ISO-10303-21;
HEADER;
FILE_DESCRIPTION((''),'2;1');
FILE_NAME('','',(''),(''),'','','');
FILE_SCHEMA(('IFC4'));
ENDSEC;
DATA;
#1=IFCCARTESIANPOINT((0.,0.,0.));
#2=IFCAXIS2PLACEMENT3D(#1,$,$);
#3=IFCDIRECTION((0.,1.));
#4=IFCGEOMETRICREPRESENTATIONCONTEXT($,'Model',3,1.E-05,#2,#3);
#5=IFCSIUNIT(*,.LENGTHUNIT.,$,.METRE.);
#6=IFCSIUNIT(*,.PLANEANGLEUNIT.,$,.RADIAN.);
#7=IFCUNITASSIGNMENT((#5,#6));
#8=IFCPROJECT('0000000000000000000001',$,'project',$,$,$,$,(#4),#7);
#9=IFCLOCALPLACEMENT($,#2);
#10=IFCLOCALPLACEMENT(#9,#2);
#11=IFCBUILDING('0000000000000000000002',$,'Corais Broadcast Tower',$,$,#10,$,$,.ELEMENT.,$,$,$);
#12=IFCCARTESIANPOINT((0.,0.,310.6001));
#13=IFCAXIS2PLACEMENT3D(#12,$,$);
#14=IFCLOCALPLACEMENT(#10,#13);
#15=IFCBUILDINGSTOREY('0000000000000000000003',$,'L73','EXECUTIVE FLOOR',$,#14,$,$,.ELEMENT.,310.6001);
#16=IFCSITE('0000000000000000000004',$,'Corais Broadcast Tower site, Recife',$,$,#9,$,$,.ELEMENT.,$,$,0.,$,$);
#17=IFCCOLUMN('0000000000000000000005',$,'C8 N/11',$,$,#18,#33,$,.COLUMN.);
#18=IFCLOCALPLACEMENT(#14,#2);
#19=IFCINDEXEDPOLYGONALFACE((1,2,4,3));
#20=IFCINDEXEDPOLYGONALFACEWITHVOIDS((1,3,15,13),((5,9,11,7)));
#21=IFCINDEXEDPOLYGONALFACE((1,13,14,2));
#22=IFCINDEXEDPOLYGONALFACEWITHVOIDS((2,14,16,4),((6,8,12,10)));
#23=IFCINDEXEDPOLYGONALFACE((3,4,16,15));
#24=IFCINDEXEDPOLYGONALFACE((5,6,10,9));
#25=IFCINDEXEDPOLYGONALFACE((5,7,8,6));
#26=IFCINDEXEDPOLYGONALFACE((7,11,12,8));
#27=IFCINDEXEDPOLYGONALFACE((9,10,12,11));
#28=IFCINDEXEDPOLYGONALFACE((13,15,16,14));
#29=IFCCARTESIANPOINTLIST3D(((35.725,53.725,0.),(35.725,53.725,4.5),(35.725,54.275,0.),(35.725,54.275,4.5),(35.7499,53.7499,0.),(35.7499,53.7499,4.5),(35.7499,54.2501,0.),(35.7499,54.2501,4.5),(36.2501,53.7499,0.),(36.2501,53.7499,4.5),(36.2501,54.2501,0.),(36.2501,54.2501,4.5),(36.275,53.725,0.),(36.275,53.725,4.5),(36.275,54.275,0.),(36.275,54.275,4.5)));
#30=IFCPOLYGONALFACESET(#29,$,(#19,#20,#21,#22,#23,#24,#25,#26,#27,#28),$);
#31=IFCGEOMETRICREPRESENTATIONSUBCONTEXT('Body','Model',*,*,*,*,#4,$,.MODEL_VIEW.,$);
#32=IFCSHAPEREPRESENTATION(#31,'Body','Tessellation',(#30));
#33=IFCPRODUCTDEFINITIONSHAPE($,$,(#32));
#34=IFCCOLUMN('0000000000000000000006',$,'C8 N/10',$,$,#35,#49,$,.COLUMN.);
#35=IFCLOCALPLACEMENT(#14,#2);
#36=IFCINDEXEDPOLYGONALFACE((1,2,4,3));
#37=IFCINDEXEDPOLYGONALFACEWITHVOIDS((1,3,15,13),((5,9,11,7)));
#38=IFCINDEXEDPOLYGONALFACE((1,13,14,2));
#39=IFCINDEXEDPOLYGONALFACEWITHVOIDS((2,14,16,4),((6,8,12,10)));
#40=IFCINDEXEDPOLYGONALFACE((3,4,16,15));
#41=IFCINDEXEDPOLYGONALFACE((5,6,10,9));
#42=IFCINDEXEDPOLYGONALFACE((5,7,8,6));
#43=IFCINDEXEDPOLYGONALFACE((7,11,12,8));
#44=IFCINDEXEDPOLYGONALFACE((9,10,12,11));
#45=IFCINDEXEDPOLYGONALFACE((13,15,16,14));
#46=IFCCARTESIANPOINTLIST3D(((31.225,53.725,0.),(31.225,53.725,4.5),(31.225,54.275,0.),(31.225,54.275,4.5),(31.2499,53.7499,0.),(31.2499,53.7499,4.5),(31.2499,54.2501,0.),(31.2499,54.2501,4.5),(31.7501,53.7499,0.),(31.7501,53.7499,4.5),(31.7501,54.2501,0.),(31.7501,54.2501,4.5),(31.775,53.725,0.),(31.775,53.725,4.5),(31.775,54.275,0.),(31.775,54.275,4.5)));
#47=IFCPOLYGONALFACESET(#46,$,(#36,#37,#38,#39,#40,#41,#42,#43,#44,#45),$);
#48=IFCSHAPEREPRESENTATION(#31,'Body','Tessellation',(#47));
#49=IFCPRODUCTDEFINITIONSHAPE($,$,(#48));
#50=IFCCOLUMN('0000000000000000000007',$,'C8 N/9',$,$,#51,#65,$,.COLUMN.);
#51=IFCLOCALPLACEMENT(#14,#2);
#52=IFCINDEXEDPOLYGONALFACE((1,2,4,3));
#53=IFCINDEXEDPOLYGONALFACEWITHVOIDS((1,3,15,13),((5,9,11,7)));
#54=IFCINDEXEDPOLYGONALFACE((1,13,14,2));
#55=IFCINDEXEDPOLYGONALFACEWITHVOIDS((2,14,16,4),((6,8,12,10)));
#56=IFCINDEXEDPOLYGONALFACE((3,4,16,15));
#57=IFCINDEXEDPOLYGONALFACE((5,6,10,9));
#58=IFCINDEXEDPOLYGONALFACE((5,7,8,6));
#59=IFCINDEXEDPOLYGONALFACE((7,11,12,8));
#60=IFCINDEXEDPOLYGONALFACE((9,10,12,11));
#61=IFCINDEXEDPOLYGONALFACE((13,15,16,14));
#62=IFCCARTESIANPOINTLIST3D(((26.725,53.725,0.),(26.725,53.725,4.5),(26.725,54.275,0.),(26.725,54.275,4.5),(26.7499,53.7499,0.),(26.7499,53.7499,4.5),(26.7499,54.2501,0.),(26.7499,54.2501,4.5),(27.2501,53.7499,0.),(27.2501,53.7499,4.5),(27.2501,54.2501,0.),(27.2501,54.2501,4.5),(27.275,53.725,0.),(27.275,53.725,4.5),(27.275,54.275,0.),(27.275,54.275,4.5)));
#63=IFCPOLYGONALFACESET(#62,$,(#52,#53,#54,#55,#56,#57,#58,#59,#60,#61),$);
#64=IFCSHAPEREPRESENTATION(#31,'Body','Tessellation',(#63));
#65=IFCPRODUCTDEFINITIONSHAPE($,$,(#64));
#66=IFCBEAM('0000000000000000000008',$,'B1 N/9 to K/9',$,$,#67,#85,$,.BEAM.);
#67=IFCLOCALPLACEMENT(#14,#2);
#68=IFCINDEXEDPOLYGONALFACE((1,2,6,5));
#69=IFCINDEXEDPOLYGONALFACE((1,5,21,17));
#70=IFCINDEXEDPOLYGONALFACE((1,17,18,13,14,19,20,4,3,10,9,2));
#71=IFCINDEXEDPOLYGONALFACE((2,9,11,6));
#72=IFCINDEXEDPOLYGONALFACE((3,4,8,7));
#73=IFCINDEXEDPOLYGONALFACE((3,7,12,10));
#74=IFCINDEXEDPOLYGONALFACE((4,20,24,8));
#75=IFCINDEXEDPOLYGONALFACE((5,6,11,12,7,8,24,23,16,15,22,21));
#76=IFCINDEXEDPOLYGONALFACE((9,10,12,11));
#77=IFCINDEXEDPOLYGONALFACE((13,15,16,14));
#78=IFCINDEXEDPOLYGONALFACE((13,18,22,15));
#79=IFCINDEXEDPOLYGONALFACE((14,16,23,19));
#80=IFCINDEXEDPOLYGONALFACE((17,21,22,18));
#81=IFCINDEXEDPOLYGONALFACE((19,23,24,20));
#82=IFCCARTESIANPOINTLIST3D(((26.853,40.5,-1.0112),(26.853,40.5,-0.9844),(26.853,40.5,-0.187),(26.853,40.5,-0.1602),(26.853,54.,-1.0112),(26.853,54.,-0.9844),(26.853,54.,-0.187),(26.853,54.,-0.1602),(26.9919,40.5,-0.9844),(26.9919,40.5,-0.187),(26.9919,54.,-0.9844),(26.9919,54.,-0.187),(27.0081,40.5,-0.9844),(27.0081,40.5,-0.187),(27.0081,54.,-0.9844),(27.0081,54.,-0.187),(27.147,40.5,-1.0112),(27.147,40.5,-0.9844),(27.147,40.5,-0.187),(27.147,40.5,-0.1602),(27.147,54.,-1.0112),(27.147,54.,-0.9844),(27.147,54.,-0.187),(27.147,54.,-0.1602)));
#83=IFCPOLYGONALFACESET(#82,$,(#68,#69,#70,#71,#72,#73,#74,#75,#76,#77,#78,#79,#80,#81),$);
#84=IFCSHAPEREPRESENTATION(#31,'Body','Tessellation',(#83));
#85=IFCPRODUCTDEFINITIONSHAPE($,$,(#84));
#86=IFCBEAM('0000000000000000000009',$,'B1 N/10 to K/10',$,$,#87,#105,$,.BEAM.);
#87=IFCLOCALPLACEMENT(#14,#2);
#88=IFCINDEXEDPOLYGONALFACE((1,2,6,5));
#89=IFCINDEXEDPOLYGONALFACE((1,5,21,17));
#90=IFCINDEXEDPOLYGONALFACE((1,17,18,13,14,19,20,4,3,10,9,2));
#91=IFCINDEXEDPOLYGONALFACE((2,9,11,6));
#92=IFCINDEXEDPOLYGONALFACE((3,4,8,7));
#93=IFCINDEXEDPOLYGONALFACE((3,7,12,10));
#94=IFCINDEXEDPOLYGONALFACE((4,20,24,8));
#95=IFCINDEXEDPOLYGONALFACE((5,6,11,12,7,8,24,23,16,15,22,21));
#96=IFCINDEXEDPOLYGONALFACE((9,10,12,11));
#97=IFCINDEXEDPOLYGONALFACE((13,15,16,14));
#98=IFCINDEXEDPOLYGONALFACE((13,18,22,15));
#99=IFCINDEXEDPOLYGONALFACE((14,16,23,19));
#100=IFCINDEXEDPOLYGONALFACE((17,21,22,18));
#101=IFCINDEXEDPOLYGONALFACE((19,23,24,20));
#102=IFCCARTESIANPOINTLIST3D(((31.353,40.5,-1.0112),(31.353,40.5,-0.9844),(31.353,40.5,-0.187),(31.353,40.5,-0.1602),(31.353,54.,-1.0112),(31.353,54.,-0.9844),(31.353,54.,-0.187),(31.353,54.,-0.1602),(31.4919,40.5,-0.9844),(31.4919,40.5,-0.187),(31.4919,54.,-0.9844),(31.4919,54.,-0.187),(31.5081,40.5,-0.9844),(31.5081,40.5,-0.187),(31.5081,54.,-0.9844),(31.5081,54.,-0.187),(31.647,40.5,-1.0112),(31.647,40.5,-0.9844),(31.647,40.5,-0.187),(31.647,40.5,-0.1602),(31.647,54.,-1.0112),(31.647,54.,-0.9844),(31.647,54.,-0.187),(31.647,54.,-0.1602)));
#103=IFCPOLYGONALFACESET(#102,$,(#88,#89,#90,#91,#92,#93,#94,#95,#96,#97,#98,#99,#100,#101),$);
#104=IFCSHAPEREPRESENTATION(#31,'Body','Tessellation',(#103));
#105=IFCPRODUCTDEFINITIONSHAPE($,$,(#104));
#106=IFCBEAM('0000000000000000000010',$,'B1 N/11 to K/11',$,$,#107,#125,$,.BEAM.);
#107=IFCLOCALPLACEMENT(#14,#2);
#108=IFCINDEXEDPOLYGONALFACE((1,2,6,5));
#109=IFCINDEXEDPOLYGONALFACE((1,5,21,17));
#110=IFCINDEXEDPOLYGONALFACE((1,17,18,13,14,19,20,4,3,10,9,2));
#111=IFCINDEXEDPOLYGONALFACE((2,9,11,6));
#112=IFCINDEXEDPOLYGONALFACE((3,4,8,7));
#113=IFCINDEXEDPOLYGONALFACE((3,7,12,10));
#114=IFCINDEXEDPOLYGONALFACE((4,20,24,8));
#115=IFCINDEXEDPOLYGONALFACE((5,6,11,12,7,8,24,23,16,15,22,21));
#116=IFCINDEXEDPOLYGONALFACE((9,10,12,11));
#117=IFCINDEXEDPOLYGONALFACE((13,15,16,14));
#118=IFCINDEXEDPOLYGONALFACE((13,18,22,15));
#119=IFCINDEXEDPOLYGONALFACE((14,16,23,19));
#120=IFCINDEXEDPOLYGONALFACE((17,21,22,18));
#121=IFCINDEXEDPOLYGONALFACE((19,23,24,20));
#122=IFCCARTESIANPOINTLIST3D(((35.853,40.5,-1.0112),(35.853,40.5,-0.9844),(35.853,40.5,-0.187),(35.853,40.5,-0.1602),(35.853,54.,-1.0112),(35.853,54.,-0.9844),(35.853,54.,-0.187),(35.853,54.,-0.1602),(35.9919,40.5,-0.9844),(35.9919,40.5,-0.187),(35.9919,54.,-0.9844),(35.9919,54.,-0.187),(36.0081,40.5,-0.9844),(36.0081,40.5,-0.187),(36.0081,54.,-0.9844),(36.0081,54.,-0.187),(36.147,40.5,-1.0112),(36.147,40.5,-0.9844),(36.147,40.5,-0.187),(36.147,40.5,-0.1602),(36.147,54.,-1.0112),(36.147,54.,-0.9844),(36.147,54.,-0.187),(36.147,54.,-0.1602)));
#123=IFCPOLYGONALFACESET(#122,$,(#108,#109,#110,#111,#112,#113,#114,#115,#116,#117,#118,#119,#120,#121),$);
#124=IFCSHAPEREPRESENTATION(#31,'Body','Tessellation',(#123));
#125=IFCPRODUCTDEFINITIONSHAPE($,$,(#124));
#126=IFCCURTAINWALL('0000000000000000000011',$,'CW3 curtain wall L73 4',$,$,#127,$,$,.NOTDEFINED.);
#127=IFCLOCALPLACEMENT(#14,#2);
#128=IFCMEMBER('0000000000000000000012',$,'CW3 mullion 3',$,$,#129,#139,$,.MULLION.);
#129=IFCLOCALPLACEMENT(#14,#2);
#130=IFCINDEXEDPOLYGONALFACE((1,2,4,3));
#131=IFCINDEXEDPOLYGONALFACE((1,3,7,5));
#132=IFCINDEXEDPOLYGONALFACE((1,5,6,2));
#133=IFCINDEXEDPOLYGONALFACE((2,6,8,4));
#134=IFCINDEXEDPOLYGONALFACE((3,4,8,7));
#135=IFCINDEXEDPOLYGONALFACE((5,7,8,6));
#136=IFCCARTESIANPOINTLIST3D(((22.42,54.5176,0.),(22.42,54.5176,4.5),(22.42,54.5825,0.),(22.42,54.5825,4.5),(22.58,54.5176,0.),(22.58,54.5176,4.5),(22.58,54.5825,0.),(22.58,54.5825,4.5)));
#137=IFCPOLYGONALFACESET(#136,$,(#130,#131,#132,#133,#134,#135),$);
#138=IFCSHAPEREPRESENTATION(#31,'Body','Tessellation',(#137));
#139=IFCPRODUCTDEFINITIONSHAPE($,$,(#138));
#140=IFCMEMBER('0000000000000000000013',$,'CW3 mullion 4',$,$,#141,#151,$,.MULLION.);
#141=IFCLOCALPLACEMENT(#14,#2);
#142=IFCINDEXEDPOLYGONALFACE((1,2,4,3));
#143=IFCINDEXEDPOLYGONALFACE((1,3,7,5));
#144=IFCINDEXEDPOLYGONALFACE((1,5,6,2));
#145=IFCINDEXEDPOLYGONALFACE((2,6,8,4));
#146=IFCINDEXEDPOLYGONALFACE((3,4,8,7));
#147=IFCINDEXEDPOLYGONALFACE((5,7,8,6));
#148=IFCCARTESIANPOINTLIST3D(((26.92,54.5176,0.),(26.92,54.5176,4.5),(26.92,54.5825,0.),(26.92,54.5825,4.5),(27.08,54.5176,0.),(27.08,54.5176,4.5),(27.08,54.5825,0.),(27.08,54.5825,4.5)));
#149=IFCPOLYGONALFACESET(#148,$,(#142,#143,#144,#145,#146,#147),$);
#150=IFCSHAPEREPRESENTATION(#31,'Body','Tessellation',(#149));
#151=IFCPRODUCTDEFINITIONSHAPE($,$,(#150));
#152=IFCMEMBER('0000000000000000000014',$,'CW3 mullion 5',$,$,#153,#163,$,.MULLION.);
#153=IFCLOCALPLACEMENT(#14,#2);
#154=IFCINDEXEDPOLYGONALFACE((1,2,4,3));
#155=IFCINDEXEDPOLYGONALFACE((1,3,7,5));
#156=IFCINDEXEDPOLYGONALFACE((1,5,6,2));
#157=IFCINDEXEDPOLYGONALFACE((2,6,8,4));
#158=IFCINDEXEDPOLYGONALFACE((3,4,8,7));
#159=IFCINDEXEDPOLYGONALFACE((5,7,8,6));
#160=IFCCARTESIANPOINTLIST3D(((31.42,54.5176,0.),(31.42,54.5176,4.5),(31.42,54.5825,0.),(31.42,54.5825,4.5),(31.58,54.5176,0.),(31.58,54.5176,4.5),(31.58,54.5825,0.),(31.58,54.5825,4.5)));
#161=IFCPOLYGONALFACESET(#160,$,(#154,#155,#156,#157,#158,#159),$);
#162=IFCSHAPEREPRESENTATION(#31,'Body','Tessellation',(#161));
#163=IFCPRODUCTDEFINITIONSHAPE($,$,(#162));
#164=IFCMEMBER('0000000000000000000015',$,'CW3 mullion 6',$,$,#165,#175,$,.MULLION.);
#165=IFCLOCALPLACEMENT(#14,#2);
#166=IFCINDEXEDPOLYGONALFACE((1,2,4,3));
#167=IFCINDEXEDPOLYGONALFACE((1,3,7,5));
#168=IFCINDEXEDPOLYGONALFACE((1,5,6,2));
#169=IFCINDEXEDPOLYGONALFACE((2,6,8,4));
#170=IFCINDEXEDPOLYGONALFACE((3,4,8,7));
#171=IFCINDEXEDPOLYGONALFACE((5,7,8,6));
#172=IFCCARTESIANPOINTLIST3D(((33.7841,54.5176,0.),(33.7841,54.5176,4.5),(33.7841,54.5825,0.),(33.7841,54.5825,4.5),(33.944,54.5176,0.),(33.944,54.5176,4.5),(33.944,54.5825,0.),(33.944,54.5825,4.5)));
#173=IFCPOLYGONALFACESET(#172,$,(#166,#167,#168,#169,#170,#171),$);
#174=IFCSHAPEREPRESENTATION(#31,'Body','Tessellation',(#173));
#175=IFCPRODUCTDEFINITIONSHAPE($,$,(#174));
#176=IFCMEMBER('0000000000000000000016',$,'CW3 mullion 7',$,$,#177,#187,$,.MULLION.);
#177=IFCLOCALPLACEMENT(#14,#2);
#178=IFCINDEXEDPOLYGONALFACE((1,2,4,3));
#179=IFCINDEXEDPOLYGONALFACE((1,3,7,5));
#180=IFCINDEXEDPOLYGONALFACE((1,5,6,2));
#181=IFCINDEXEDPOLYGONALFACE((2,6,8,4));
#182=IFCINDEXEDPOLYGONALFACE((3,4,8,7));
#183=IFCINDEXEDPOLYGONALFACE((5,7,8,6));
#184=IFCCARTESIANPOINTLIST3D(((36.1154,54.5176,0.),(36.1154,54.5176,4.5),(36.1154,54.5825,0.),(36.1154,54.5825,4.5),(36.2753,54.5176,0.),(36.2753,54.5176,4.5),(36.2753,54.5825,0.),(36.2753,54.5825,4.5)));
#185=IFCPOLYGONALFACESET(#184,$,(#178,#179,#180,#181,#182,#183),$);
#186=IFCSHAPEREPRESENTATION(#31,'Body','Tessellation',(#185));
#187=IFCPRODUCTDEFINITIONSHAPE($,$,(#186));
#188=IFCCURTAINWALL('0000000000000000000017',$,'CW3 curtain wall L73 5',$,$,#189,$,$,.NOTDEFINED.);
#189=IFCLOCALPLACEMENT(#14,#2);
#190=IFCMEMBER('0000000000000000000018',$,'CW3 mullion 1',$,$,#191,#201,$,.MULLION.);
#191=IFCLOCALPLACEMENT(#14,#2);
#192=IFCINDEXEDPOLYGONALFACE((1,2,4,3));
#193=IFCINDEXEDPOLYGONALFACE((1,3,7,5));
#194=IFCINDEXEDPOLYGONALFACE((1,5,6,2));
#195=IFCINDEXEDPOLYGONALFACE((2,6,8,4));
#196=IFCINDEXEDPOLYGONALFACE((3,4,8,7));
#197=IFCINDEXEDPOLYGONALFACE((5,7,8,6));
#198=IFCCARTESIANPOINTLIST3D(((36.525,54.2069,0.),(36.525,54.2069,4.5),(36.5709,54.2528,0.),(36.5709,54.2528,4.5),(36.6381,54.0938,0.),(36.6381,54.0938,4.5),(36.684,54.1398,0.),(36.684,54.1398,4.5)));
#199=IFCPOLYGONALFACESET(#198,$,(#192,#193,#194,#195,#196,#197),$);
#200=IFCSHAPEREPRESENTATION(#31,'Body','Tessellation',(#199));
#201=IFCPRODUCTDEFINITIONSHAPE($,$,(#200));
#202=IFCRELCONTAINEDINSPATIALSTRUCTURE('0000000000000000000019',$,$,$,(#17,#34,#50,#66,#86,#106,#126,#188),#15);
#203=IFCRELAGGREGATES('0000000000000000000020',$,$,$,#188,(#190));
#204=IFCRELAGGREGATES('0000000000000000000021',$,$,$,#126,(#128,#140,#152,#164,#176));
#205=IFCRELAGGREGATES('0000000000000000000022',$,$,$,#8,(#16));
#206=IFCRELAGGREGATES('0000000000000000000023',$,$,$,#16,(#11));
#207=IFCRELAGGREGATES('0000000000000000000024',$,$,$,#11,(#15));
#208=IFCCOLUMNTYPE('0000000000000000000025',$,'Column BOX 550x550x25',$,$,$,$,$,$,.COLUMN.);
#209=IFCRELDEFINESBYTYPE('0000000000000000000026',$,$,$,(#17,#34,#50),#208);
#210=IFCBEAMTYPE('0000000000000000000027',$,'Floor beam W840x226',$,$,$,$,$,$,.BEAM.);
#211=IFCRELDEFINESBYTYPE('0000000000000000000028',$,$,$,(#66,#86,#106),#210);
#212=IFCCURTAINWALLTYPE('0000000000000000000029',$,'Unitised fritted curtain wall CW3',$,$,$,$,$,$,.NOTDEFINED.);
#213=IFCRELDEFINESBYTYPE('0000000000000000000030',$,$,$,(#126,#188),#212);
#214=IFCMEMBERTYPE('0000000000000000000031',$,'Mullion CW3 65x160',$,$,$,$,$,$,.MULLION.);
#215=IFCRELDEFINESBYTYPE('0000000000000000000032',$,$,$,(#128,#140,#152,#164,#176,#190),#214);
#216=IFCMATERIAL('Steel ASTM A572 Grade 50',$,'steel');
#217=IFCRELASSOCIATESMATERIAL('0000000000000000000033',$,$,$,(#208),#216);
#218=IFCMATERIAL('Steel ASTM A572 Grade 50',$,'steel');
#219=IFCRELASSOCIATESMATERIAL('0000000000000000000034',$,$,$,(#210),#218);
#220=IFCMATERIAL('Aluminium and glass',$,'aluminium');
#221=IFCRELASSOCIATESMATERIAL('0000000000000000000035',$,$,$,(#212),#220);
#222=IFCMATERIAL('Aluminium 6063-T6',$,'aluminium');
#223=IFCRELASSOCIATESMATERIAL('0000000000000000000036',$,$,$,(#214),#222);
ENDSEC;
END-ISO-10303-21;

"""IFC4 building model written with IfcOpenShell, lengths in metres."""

from ifc_helpers import new_model, si_unit, direction, frame, origin, origin_2d, place, context, subcontext, project, spatial, rectangle, hollow_rectangle, i_section, extrude, material, material_profile, profile_set, type_object, element, aggregate, save


model = new_model("IFC4")

# Units and contexts
model_context = context("Model", 3, precision=1e-05, world=origin(), true_north=direction((0.0, 1.0)))
body_context = subcontext(model_context, "Body", "Model", "MODEL_VIEW")
ifc_project = project(units=[si_unit("LENGTHUNIT", "METRE"), si_unit("PLANEANGLEUNIT", "RADIAN")], contexts=[model_context])

# Site, building, storey
site_placement = place(None, origin())
site = spatial("IfcSite", under=ifc_project, at=site_placement, Name="Corais Broadcast Tower site, Recife", CompositionType="ELEMENT", RefElevation=0.0)
building_placement = place(site_placement, origin())
building = spatial("IfcBuilding", under=site, at=building_placement, Name="Corais Broadcast Tower", CompositionType="ELEMENT")
storey_placement = place(building_placement, frame((0.0, 0.0, 310.6001)))
storey = spatial("IfcBuildingStorey", under=building, at=storey_placement, Name="L73", Description="EXECUTIVE FLOOR", CompositionType="ELEMENT", Elevation=310.6001)

# Columns
ifc_material_1 = material(Name="Steel ASTM A572 Grade 50", Category="steel")
ifc_material_profile_1 = material_profile(ifc_material_1, hollow_rectangle(XDim=0.55, YDim=0.55, WallThickness=0.0249, at=origin_2d()), Name="BOX 550x550x25")
ifc_profile_set_1 = profile_set([ifc_material_profile_1], Name="Steel ASTM A572 Grade 50")
column_type = type_object("IfcColumnType", Name="Column BOX 550x550x25", PredefinedType="COLUMN", material=ifc_profile_set_1)
for number, where, z_axis, x_axis, name in (
    (1, (36.0, 54.0, 0.0), (0.0, 0.0, 1.0), (1.0, 0.0, 0.0), "C8 N/11"),
    (2, (31.5, 54.0, 0.0), (0.0, 0.0, 1.0), (1.0, 0.0, 0.0), "C8 N/10"),
    (3, (27.0, 54.0, 0.0), (0.0, 0.0, 1.0), (1.0, 0.0, 0.0), "C8 N/9"),
):
    element("IfcColumn", number, at=place(storey_placement, frame(where, z_axis=z_axis, x_axis=x_axis)), inside=storey, type_object=column_type, Name=name, PredefinedType="COLUMN", context=body_context, shape_type="SweptSolid", body=[
        extrude(hollow_rectangle(XDim=0.55, YDim=0.55, WallThickness=0.0249, at=origin_2d()), origin(), (0.0, 0.0, 1.0), 4.5),
    ])

# Beams
ifc_material_2 = material(Name="Steel ASTM A572 Grade 50", Category="steel")
ifc_material_profile_2 = material_profile(ifc_material_2, i_section(OverallWidth=0.2939, OverallDepth=0.8511, WebThickness=0.0161, FlangeThickness=0.0269, at=origin_2d()), Name="W840x226")
ifc_profile_set_2 = profile_set([ifc_material_profile_2], Name="Steel ASTM A572 Grade 50")
beam_type_1 = type_object("IfcBeamType", Name="Floor beam W840x226", PredefinedType="BEAM", material=ifc_profile_set_2)
for number, where, z_axis, x_axis, name in (
    (4, (27.0, 54.0, -0.5857), (0.0, -1.0, 0.0), (1.0, 0.0, 0.0), "B1 N/9 to K/9"),
    (5, (31.5, 54.0, -0.5857), (0.0, -1.0, 0.0), (1.0, 0.0, 0.0), "B1 N/10 to K/10"),
    (6, (36.0, 54.0, -0.5857), (0.0, -1.0, 0.0), (1.0, 0.0, 0.0), "B1 N/11 to K/11"),
):
    element("IfcBeam", number, at=place(storey_placement, frame(where, z_axis=z_axis, x_axis=x_axis)), inside=storey, type_object=beam_type_1, Name=name, PredefinedType="BEAM", context=body_context, shape_type="SweptSolid", body=[
        extrude(i_section(OverallWidth=0.2939, OverallDepth=0.8511, WebThickness=0.0161, FlangeThickness=0.0269, at=origin_2d()), origin(), (0.0, 0.0, 1.0), 13.5),
    ])

# Curtain wall, members
ifc_material_3 = material(Name="Aluminium and glass", Category="aluminium")
curtain_wall_type = type_object("IfcCurtainWallType", Name="Unitised fritted curtain wall CW3", PredefinedType="NOTDEFINED", material=ifc_material_3)
curtain_wall_1_placement = place(storey_placement, origin())
curtain_wall_1 = element("IfcCurtainWall", 7, at=curtain_wall_1_placement, inside=storey, type_object=curtain_wall_type, Name="CW3 curtain wall L73 4", PredefinedType="NOTDEFINED")
ifc_material_4 = material(Name="Aluminium 6063-T6", Category="aluminium")
ifc_material_profile_3 = material_profile(ifc_material_4, rectangle(XDim=0.0649, YDim=0.1599, at=origin_2d()), Name="Mullion CW3 65x160")
ifc_profile_set_3 = profile_set([ifc_material_profile_3], Name="Aluminium 6063-T6")
member_type_1 = type_object("IfcMemberType", Name="Mullion CW3 65x160", PredefinedType="MULLION", material=ifc_profile_set_3)
member_1_placement = place(storey_placement, frame((22.5, 54.55, 0.0), z_axis=(0.0, 0.0, 1.0), x_axis=(0.0, 1.0, 0.0)))
member_1 = element("IfcMember", 8, at=member_1_placement, type_object=member_type_1, Name="CW3 mullion 3", PredefinedType="MULLION", context=body_context, shape_type="SweptSolid", body=[
    extrude(rectangle(XDim=0.0649, YDim=0.1599, at=origin_2d()), origin(), (0.0, 0.0, 1.0), 4.5),
])
member_2_placement = place(storey_placement, frame((27.0, 54.55, 0.0), z_axis=(0.0, 0.0, 1.0), x_axis=(0.0, 1.0, 0.0)))
member_2 = element("IfcMember", 9, at=member_2_placement, type_object=member_type_1, Name="CW3 mullion 4", PredefinedType="MULLION", context=body_context, shape_type="SweptSolid", body=[
    extrude(rectangle(XDim=0.0649, YDim=0.1599, at=origin_2d()), origin(), (0.0, 0.0, 1.0), 4.5),
])
member_3_placement = place(storey_placement, frame((31.5, 54.55, 0.0), z_axis=(0.0, 0.0, 1.0), x_axis=(0.0, 1.0, 0.0)))
member_3 = element("IfcMember", 10, at=member_3_placement, type_object=member_type_1, Name="CW3 mullion 5", PredefinedType="MULLION", context=body_context, shape_type="SweptSolid", body=[
    extrude(rectangle(XDim=0.0649, YDim=0.1599, at=origin_2d()), origin(), (0.0, 0.0, 1.0), 4.5),
])
member_4_placement = place(storey_placement, frame((33.864, 54.55, 0.0), z_axis=(0.0, 0.0, 1.0), x_axis=(0.0, 1.0, 0.0)))
member_4 = element("IfcMember", 11, at=member_4_placement, type_object=member_type_1, Name="CW3 mullion 6", PredefinedType="MULLION", context=body_context, shape_type="SweptSolid", body=[
    extrude(rectangle(XDim=0.0649, YDim=0.1599, at=origin_2d()), origin(), (0.0, 0.0, 1.0), 4.5),
])
member_5_placement = place(storey_placement, frame((36.1953, 54.55, 0.0), z_axis=(0.0, 0.0, 1.0), x_axis=(0.0, 1.0, 0.0)))
member_5 = element("IfcMember", 12, at=member_5_placement, type_object=member_type_1, Name="CW3 mullion 7", PredefinedType="MULLION", context=body_context, shape_type="SweptSolid", body=[
    extrude(rectangle(XDim=0.0649, YDim=0.1599, at=origin_2d()), origin(), (0.0, 0.0, 1.0), 4.5),
])

# Curtain wall, member
curtain_wall_2_placement = place(storey_placement, origin())
curtain_wall_2 = element("IfcCurtainWall", 13, at=curtain_wall_2_placement, inside=storey, type_object=curtain_wall_type, Name="CW3 curtain wall L73 5", PredefinedType="NOTDEFINED")
member_6_placement = place(storey_placement, frame((36.6045, 54.1733, 0.0), z_axis=(0.0, 0.0, 1.0), x_axis=(0.707107, 0.707107, 0.0)))
member_6 = element("IfcMember", 14, at=member_6_placement, type_object=member_type_1, Name="CW3 mullion 1", PredefinedType="MULLION", context=body_context, shape_type="SweptSolid", body=[
    extrude(rectangle(XDim=0.0649, YDim=0.1599, at=origin_2d()), origin(), (0.0, 0.0, 1.0), 4.5),
])

aggregate(curtain_wall_2, [member_6])

aggregate(curtain_wall_1, [member_1, member_2, member_3, member_4, member_5])

save(model, "model.ifc")
